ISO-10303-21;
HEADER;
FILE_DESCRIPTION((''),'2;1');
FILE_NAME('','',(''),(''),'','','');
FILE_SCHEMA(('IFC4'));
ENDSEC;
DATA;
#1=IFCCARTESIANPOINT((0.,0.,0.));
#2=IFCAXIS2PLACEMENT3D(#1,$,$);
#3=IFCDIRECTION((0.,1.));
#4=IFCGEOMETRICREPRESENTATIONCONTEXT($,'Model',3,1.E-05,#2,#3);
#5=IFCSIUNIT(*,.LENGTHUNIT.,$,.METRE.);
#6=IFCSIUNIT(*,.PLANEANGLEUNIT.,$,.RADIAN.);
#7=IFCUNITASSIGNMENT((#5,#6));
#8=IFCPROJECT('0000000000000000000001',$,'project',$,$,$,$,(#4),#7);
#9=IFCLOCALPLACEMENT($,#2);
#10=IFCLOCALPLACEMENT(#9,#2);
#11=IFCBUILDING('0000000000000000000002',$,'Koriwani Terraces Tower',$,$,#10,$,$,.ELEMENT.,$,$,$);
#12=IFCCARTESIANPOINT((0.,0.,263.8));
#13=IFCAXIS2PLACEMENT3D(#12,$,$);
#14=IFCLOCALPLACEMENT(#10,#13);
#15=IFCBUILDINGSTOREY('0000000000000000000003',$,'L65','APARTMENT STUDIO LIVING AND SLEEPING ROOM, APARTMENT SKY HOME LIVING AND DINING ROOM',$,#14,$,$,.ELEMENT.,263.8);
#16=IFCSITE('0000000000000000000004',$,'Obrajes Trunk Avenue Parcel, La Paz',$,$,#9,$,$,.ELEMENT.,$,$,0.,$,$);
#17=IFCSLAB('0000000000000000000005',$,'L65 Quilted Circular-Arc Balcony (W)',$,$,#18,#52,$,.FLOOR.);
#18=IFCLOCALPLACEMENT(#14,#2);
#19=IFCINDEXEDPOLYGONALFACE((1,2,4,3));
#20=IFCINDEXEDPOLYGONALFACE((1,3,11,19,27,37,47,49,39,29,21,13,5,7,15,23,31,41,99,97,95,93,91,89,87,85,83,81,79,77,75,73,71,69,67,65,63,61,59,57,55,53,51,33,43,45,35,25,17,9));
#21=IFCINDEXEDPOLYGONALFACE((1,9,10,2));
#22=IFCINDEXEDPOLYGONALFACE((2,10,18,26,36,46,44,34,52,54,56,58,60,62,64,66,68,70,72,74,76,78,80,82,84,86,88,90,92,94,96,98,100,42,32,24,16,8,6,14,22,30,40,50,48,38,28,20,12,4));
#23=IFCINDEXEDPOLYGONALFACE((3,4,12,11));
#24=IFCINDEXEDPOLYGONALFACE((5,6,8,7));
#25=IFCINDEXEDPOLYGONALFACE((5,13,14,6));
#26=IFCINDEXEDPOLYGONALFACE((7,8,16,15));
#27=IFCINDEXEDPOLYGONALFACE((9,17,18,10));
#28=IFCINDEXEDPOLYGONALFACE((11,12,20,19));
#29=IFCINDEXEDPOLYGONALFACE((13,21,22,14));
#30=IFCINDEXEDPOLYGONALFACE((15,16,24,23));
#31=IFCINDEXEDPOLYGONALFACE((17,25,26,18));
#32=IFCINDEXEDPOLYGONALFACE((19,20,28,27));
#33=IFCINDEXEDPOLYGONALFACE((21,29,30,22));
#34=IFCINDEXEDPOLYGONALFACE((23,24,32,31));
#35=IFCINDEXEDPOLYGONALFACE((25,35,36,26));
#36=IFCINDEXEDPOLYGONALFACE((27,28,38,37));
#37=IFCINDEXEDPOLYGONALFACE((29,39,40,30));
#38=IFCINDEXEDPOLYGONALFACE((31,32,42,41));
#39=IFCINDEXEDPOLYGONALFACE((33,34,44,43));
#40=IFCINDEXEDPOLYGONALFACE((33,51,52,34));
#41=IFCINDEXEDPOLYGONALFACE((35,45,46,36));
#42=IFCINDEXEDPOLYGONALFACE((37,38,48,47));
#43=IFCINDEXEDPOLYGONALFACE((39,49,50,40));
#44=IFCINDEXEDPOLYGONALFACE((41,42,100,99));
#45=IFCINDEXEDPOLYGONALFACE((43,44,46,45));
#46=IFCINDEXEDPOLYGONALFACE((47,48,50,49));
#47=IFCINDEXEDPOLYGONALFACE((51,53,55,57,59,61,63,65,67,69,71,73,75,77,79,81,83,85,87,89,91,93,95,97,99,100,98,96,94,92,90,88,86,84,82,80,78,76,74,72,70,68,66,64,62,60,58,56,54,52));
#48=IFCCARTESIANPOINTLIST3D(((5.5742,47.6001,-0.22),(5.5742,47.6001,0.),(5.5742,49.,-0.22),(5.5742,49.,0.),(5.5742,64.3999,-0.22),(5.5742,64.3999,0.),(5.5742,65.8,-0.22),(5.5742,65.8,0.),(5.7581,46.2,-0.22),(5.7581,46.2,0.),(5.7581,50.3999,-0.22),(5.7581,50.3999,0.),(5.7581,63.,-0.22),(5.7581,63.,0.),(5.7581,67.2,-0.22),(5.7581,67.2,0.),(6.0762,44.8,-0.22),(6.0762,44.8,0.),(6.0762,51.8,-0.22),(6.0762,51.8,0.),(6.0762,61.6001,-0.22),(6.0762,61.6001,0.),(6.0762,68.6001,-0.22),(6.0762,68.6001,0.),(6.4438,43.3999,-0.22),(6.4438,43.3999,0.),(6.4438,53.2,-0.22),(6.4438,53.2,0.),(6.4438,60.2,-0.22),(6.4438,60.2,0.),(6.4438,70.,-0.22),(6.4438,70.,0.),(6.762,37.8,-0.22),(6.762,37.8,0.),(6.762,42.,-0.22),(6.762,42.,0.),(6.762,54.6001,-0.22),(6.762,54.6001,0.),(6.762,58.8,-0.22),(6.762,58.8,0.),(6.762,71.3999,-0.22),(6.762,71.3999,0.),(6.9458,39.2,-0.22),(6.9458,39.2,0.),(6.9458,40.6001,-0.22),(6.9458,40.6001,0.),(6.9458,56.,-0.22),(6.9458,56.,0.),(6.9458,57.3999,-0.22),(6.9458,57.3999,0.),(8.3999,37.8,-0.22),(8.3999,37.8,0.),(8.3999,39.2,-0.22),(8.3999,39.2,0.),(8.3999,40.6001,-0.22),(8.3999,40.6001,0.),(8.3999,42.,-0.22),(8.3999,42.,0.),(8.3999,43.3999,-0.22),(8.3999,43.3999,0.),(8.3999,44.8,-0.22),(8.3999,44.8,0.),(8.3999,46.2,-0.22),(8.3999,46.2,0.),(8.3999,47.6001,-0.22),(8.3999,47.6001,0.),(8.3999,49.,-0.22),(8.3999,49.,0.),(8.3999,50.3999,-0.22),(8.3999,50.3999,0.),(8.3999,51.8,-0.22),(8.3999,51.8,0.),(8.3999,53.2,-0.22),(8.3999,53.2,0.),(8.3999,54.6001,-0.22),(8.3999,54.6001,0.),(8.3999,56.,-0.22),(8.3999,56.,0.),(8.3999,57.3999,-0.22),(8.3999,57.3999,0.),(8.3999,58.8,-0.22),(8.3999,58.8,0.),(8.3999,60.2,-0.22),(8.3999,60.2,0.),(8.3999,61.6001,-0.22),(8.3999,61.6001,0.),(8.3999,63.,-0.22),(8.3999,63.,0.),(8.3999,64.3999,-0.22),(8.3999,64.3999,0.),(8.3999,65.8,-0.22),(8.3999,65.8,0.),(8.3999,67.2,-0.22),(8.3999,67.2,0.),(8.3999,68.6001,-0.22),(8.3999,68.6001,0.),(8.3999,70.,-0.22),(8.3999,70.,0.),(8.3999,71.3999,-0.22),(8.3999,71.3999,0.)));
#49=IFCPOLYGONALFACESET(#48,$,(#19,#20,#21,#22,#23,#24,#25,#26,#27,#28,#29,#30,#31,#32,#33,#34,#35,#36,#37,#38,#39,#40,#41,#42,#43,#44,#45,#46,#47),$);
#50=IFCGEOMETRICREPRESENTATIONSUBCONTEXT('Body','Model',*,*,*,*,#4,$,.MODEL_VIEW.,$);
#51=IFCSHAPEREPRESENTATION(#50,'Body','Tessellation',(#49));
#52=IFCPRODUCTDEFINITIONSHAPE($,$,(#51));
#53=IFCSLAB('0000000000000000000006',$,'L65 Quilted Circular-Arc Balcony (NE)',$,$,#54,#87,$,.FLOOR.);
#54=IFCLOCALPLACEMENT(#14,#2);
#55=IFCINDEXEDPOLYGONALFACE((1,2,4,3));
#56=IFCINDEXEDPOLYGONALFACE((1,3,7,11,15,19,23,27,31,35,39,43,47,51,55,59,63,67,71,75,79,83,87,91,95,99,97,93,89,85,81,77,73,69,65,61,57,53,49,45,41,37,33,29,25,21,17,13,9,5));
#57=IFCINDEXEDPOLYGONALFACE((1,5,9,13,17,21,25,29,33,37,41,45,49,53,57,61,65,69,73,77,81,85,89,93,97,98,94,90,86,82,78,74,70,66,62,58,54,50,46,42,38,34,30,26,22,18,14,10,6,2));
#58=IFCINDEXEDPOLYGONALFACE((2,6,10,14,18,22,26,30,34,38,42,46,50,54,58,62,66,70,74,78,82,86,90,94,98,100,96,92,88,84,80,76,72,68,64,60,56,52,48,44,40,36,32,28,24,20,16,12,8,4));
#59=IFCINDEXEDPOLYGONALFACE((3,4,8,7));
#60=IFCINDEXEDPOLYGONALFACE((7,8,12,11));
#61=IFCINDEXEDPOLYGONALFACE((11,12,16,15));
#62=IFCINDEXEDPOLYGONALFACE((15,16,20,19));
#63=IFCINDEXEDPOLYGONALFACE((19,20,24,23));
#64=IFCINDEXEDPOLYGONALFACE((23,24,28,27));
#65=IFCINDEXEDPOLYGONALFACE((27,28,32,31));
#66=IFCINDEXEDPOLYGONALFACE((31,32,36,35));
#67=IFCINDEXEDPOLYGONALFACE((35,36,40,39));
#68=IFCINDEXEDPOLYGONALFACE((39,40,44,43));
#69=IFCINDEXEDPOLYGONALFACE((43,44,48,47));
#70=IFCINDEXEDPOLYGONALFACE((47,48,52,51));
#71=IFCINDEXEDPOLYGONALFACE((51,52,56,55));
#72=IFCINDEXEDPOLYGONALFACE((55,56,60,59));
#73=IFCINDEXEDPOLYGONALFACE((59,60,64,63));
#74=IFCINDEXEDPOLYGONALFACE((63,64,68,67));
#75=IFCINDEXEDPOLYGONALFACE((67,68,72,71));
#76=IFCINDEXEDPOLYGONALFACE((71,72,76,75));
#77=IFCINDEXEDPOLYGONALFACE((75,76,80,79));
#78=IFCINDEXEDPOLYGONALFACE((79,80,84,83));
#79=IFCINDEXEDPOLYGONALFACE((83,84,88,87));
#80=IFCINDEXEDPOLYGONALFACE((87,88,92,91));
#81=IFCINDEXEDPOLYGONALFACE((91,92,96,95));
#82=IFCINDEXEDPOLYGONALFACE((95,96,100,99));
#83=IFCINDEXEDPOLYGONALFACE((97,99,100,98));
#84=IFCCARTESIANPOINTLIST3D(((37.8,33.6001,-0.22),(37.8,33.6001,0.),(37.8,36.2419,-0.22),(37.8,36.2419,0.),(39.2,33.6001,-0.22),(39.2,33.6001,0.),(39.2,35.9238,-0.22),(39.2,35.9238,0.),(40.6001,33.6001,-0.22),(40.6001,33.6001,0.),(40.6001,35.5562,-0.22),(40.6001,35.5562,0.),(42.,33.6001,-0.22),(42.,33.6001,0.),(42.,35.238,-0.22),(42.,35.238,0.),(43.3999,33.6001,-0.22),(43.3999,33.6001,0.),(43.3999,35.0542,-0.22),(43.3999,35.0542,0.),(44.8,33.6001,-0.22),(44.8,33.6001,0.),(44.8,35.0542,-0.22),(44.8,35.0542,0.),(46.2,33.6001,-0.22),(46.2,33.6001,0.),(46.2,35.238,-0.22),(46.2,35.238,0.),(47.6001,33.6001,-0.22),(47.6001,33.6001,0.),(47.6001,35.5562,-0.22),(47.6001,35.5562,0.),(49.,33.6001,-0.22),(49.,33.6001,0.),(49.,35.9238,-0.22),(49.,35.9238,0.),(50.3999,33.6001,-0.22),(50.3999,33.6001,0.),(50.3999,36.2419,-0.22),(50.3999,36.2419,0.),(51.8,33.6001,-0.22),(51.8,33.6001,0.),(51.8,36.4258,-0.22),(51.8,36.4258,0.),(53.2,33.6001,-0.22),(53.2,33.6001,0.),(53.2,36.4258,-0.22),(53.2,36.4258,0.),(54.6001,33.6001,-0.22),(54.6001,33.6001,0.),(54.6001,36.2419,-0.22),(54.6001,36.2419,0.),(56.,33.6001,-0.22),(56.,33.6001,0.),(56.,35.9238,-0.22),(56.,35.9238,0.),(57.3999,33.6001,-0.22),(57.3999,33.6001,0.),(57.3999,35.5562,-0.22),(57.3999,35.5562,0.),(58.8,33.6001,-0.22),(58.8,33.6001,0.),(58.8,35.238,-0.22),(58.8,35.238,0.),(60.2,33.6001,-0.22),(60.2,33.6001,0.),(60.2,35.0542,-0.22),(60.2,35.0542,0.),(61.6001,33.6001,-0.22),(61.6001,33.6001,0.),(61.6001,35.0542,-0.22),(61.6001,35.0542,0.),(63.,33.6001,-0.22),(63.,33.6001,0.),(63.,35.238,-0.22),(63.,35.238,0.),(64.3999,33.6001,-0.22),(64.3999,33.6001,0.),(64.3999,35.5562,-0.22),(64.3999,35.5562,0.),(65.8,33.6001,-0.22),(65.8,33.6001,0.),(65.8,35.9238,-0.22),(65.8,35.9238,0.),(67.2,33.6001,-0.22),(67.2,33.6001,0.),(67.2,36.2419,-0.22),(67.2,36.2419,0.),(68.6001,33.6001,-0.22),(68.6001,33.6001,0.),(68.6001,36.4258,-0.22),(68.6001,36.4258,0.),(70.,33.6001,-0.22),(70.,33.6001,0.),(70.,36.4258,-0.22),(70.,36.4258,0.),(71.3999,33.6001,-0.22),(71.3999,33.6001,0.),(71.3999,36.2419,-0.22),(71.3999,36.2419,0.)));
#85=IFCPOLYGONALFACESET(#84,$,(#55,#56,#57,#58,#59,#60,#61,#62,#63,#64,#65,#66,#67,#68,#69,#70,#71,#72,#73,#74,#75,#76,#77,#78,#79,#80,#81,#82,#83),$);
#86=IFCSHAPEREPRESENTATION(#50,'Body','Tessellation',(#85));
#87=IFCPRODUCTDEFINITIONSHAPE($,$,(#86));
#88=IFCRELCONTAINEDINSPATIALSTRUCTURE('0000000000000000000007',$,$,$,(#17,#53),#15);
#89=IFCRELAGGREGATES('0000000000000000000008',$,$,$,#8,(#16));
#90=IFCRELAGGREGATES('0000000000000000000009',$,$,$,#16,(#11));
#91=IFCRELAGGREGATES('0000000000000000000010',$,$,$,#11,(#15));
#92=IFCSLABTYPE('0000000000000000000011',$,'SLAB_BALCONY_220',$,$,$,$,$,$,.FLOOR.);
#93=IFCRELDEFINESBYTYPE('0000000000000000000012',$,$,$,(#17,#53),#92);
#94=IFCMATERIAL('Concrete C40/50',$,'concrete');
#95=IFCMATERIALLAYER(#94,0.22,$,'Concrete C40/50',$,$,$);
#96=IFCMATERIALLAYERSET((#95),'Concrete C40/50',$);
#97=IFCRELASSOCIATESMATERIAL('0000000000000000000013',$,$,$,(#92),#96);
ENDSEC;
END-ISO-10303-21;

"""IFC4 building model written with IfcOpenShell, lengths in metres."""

from ifc_helpers import new_model, si_unit, direction, frame, origin, place, context, subcontext, project, spatial, polyline, outline, extrude, material, layer, layer_set, type_object, element, save


model = new_model("IFC4")

# Units and contexts
model_context = context("Model", 3, precision=1e-05, world=origin(), true_north=direction((0.0, 1.0)))
body_context = subcontext(model_context, "Body", "Model", "MODEL_VIEW")
ifc_project = project(units=[si_unit("LENGTHUNIT", "METRE"), si_unit("PLANEANGLEUNIT", "RADIAN")], contexts=[model_context])

# Site, building, storey
site_placement = place(None, origin())
site = spatial("IfcSite", under=ifc_project, at=site_placement, Name="Obrajes Trunk Avenue Parcel, La Paz", CompositionType="ELEMENT", RefElevation=0.0)
building_placement = place(site_placement, origin())
building = spatial("IfcBuilding", under=site, at=building_placement, Name="Koriwani Terraces Tower", CompositionType="ELEMENT")
storey_placement = place(building_placement, frame((0.0, 0.0, 263.8)))
storey = spatial("IfcBuildingStorey", under=building, at=storey_placement, Name="L65", Description="APARTMENT STUDIO LIVING AND SLEEPING ROOM, APARTMENT SKY HOME LIVING AND DINING ROOM", CompositionType="ELEMENT", Elevation=263.8)

# Slabs
ifc_material_1 = material(Name="Concrete C40/50", Category="concrete")
ifc_layer_1 = layer(ifc_material_1, 0.22, Name="Concrete C40/50")
ifc_layer_set_1 = layer_set([ifc_layer_1], Name="Concrete C40/50")
slab_type_1 = type_object("IfcSlabType", Name="SLAB_BALCONY_220", PredefinedType="FLOOR", material=ifc_layer_set_1)
slab_1_placement = place(storey_placement, frame((0.0, 0.0, -0.22)))
element("IfcSlab", 1, at=slab_1_placement, inside=storey, type_object=slab_type_1, Name="L65 Quilted Circular-Arc Balcony (W)", PredefinedType="FLOOR", context=body_context, shape_type="SweptSolid", body=[
    extrude(outline(polyline([(8.3999, 37.8), (8.3999, 39.2), (8.3999, 40.6001), (8.3999, 42.0), (8.3999, 43.3999), (8.3999, 44.8), (8.3999, 46.2), (8.3999, 47.6001), (8.3999, 49.0), (8.3999, 50.3999), (8.3999, 51.8), (8.3999, 53.2), (8.3999, 54.6001), (8.3999, 56.0), (8.3999, 57.3999), (8.3999, 58.8), (8.3999, 60.2), (8.3999, 61.6001), (8.3999, 63.0), (8.3999, 64.3999), (8.3999, 65.8), (8.3999, 67.2), (8.3999, 68.6001), (8.3999, 70.0), (8.3999, 71.3999), (6.762, 71.3999), (6.4438, 70.0), (6.0762, 68.6001), (5.7581, 67.2), (5.5742, 65.8), (5.5742, 64.3999), (5.7581, 63.0), (6.0762, 61.6001), (6.4438, 60.2), (6.762, 58.8), (6.9458, 57.3999), (6.9458, 56.0), (6.762, 54.6001), (6.4438, 53.2), (6.0762, 51.8), (5.7581, 50.3999), (5.5742, 49.0), (5.5742, 47.6001), (5.7581, 46.2), (6.0762, 44.8), (6.4438, 43.3999), (6.762, 42.0), (6.9458, 40.6001), (6.9458, 39.2), (6.762, 37.8), (8.3999, 37.8)])), origin(), (0.0, 0.0, 1.0), 0.22),
])
slab_2_placement = place(storey_placement, frame((0.0, 0.0, -0.22)))
element("IfcSlab", 2, at=slab_2_placement, inside=storey, type_object=slab_type_1, Name="L65 Quilted Circular-Arc Balcony (NE)", PredefinedType="FLOOR", context=body_context, shape_type="SweptSolid", body=[
    extrude(outline(polyline([(71.3999, 33.6001), (70.0, 33.6001), (68.6001, 33.6001), (67.2, 33.6001), (65.8, 33.6001), (64.3999, 33.6001), (63.0, 33.6001), (61.6001, 33.6001), (60.2, 33.6001), (58.8, 33.6001), (57.3999, 33.6001), (56.0, 33.6001), (54.6001, 33.6001), (53.2, 33.6001), (51.8, 33.6001), (50.3999, 33.6001), (49.0, 33.6001), (47.6001, 33.6001), (46.2, 33.6001), (44.8, 33.6001), (43.3999, 33.6001), (42.0, 33.6001), (40.6001, 33.6001), (39.2, 33.6001), (37.8, 33.6001), (37.8, 36.2419), (39.2, 35.9238), (40.6001, 35.5562), (42.0, 35.238), (43.3999, 35.0542), (44.8, 35.0542), (46.2, 35.238), (47.6001, 35.5562), (49.0, 35.9238), (50.3999, 36.2419), (51.8, 36.4258), (53.2, 36.4258), (54.6001, 36.2419), (56.0, 35.9238), (57.3999, 35.5562), (58.8, 35.238), (60.2, 35.0542), (61.6001, 35.0542), (63.0, 35.238), (64.3999, 35.5562), (65.8, 35.9238), (67.2, 36.2419), (68.6001, 36.4258), (70.0, 36.4258), (71.3999, 36.2419), (71.3999, 33.6001)])), origin(), (0.0, 0.0, 1.0), 0.22),
])

save(model, "model.ifc")
